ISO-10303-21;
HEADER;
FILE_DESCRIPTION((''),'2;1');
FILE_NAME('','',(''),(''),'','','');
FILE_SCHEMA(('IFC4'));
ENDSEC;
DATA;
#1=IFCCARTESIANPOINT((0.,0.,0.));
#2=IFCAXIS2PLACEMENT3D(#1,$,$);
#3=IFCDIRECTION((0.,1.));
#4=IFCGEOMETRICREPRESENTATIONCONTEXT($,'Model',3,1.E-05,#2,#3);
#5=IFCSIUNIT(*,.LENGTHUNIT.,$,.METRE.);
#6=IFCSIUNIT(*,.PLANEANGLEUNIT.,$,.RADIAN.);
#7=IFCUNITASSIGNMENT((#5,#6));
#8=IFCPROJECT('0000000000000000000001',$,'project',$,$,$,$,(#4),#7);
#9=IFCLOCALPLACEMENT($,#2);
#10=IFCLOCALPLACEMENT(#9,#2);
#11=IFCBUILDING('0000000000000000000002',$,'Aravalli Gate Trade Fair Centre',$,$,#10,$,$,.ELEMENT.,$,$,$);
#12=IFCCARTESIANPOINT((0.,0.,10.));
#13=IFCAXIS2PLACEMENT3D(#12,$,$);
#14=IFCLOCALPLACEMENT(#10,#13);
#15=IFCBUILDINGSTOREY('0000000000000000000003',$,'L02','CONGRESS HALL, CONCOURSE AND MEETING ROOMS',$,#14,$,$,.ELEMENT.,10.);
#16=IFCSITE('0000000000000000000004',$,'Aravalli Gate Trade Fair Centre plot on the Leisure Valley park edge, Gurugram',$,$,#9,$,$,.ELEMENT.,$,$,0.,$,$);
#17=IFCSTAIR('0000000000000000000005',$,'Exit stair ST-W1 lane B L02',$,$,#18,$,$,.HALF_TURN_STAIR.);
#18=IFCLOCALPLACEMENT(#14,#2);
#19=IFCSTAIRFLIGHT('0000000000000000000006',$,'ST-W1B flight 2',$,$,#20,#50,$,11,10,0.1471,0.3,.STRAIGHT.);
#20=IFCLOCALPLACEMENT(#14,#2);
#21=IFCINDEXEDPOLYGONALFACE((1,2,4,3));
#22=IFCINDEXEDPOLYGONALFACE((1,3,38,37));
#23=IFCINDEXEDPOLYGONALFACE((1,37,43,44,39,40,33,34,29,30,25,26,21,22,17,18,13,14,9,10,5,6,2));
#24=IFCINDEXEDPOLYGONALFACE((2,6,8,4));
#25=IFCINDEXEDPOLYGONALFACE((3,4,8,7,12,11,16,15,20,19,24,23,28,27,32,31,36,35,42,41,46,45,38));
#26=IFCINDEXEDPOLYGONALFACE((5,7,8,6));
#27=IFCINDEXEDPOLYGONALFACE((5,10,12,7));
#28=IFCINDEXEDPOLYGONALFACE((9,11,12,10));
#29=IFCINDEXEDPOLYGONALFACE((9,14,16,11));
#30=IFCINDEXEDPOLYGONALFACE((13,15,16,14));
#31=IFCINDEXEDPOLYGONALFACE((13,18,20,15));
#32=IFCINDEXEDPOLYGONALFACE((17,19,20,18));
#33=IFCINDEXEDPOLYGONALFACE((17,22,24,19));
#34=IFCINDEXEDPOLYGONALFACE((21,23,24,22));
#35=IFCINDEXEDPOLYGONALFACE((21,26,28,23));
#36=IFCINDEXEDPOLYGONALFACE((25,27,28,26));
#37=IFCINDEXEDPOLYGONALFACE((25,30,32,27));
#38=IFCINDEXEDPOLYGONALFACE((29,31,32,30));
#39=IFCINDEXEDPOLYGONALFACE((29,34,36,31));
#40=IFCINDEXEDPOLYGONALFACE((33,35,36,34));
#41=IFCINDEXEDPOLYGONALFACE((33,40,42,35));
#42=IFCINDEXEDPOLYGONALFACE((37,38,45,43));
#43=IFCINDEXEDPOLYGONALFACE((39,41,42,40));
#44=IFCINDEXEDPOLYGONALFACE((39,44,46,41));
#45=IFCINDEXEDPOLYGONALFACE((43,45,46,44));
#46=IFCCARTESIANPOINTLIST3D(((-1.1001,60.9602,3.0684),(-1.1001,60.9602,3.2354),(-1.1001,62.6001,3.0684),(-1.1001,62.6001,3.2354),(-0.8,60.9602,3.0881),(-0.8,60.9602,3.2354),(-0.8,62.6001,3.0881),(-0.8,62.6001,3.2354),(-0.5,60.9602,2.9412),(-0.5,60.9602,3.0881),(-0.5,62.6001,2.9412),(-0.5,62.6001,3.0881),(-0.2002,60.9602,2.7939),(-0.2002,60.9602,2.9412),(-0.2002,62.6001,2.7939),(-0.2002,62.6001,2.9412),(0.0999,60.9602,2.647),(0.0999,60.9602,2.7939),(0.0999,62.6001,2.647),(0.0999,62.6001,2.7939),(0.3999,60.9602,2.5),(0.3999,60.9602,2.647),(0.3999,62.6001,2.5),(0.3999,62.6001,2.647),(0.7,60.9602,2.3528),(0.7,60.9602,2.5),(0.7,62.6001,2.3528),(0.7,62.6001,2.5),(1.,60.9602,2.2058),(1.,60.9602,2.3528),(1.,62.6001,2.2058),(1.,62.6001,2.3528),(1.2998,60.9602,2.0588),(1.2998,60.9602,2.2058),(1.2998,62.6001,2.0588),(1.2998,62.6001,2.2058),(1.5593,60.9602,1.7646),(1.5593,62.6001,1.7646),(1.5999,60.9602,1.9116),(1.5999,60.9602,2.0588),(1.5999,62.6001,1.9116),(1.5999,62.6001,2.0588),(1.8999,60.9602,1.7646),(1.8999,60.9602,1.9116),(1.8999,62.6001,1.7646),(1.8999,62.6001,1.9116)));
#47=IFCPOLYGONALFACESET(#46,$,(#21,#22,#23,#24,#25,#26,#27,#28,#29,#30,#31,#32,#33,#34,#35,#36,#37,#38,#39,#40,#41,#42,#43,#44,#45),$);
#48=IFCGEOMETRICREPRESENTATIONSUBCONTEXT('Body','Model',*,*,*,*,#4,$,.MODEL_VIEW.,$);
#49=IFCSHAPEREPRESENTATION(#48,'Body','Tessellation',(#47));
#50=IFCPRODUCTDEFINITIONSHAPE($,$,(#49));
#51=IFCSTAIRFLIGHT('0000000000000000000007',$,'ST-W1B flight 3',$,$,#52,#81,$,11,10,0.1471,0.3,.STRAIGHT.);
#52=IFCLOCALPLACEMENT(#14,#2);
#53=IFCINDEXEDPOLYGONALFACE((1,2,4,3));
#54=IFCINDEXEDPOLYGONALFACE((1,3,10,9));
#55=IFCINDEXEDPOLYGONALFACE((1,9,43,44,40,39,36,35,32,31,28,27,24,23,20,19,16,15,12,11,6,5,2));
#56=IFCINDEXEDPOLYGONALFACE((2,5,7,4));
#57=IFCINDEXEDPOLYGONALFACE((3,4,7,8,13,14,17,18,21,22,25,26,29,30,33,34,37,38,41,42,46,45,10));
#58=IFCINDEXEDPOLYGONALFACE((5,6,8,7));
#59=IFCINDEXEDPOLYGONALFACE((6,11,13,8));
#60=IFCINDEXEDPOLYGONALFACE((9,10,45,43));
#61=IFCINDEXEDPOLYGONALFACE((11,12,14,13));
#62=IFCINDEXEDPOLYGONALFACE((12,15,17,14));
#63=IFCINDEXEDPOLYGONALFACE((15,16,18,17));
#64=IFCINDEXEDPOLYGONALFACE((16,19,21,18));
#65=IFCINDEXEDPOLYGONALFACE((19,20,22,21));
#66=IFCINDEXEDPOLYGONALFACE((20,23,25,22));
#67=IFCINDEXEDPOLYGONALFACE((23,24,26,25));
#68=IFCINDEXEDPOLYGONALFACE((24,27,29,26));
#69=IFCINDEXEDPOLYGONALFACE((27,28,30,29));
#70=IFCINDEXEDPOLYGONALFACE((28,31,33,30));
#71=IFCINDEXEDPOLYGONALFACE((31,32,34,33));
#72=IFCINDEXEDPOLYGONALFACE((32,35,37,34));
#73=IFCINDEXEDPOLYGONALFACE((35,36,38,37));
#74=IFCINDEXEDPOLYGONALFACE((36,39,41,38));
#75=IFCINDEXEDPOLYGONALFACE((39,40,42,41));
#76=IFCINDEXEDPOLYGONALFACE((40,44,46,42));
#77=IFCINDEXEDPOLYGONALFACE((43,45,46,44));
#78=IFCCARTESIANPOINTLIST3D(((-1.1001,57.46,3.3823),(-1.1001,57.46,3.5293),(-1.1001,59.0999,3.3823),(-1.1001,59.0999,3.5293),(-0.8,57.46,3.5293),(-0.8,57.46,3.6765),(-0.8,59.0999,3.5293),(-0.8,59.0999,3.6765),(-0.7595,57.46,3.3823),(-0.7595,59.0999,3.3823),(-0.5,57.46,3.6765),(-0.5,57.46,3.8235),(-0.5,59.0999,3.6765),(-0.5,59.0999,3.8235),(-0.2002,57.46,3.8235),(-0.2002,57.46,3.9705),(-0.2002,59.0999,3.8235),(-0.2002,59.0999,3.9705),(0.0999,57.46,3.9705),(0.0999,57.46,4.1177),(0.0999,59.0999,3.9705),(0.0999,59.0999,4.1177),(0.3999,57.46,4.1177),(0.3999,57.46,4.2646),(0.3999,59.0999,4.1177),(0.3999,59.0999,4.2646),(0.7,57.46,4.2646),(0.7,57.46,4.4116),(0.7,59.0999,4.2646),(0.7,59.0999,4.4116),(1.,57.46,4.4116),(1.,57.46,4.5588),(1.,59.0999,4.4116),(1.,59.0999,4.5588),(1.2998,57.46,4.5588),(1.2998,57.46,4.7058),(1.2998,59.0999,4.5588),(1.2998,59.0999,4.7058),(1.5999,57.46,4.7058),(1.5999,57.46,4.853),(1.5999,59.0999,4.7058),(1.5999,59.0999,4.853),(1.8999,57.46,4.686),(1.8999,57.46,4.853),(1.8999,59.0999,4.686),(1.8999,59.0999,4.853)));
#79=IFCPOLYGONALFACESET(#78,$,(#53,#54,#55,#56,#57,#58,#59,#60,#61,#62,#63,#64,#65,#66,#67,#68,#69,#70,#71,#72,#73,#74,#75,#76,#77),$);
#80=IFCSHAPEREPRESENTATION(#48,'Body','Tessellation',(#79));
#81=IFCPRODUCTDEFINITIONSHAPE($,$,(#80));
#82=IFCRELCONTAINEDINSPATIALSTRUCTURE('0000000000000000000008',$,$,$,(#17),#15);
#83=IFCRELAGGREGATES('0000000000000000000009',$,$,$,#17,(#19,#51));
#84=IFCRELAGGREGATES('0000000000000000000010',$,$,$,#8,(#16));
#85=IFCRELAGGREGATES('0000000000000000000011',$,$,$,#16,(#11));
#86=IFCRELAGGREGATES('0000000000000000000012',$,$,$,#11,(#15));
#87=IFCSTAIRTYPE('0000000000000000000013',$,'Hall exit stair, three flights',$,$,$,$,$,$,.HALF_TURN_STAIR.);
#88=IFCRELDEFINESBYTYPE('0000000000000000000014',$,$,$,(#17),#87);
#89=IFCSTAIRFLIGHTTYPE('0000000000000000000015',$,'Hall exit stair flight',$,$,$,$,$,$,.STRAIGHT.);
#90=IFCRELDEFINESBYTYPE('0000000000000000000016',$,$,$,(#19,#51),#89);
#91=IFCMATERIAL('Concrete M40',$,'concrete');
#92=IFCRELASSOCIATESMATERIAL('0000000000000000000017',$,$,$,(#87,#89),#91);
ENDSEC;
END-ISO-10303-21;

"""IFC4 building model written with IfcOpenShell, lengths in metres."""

from ifc_helpers import new_model, si_unit, direction, frame, origin, place, context, subcontext, project, spatial, polyline, outline, extrude, material, type_object, element, aggregate, save


model = new_model("IFC4")

# Units and contexts
model_context = context("Model", 3, precision=1e-05, world=origin(), true_north=direction((0.0, 1.0)))
body_context = subcontext(model_context, "Body", "Model", "MODEL_VIEW")
ifc_project = project(units=[si_unit("LENGTHUNIT", "METRE"), si_unit("PLANEANGLEUNIT", "RADIAN")], contexts=[model_context])

# Site, building, storey
site_placement = place(None, origin())
site = spatial("IfcSite", under=ifc_project, at=site_placement, Name="Aravalli Gate Trade Fair Centre plot on the Leisure Valley park edge, Gurugram", CompositionType="ELEMENT", RefElevation=0.0)
building_placement = place(site_placement, origin())
building = spatial("IfcBuilding", under=site, at=building_placement, Name="Aravalli Gate Trade Fair Centre", CompositionType="ELEMENT")
storey_placement = place(building_placement, frame((0.0, 0.0, 10.0)))
storey = spatial("IfcBuildingStorey", under=building, at=storey_placement, Name="L02", Description="CONGRESS HALL, CONCOURSE AND MEETING ROOMS", CompositionType="ELEMENT", Elevation=10.0)

# Shared definitions
ifc_material_1 = material(Name="Concrete M40", Category="concrete")

# Stair, stair flights
stair_type = type_object("IfcStairType", Name="Hall exit stair, three flights", PredefinedType="HALF_TURN_STAIR", material=ifc_material_1)
stair_flight_type = type_object("IfcStairFlightType", Name="Hall exit stair flight", PredefinedType="STRAIGHT", material=ifc_material_1)
stair_1_placement = place(storey_placement, origin())
stair_1 = element("IfcStair", 1, at=stair_1_placement, inside=storey, type_object=stair_type, Name="Exit stair ST-W1 lane B L02", PredefinedType="HALF_TURN_STAIR")
stair_flight_1_placement = place(storey_placement, frame((1.8999, 61.78, 1.7646), z_axis=(0.0, 0.0, 1.0), x_axis=(-1.0, 0.0, 0.0)))
stair_flight_1 = element("IfcStairFlight", 2, at=stair_flight_1_placement, type_object=stair_flight_type, Name="ST-W1B flight 2", NumberOfRisers=11, NumberOfTreads=10, PredefinedType="STRAIGHT", RiserHeight=0.1471, TreadLength=0.3, context=body_context, shape_type="SweptSolid", body=[
    extrude(outline(polyline([(0.0, 0.0), (0.0, 0.147), (0.3, 0.147), (0.3, 0.2942), (0.6001, 0.2942), (0.6001, 0.4412), (0.8999, 0.4412), (0.8999, 0.5881), (1.2, 0.5881), (1.2, 0.7354), (1.5, 0.7354), (1.5, 0.8823), (1.8, 0.8823), (1.8, 1.0293), (2.1001, 1.0293), (2.1001, 1.1765), (2.3999, 1.1765), (2.3999, 1.3235), (2.7, 1.3235), (2.7, 1.4707), (3.0, 1.4707), (3.0, 1.6177), (3.0, 1.3037), (0.3406, 0.0), (0.0, 0.0)])), frame((0.0, 0.8198, 0.0), z_axis=(0.0, -1.0, 0.0), x_axis=(1.0, 0.0, 0.0)), (0.0, 0.0, 1.0), 1.6399),
])
stair_flight_2_placement = place(storey_placement, frame((-1.1001, 58.28, 3.3823), z_axis=(0.0, 0.0, 1.0), x_axis=(1.0, 0.0, 0.0)))
stair_flight_2 = element("IfcStairFlight", 3, at=stair_flight_2_placement, type_object=stair_flight_type, Name="ST-W1B flight 3", NumberOfRisers=11, NumberOfTreads=10, PredefinedType="STRAIGHT", RiserHeight=0.1471, TreadLength=0.3, context=body_context, shape_type="SweptSolid", body=[
    extrude(outline(polyline([(0.0, 0.0), (0.0, 0.147), (0.3, 0.147), (0.3, 0.2942), (0.6001, 0.2942), (0.6001, 0.4412), (0.8999, 0.4412), (0.8999, 0.5881), (1.2, 0.5881), (1.2, 0.7354), (1.5, 0.7354), (1.5, 0.8823), (1.8, 0.8823), (1.8, 1.0293), (2.1001, 1.0293), (2.1001, 1.1765), (2.3999, 1.1765), (2.3999, 1.3235), (2.7, 1.3235), (2.7, 1.4707), (3.0, 1.4707), (3.0, 1.6177), (3.0, 1.3037), (0.3406, 0.0), (0.0, 0.0)])), frame((0.0, 0.8198, 0.0), z_axis=(0.0, -1.0, 0.0), x_axis=(1.0, 0.0, 0.0)), (0.0, 0.0, 1.0), 1.6399),
])
aggregate(stair_1, [stair_flight_1, stair_flight_2])

save(model, "model.ifc")
